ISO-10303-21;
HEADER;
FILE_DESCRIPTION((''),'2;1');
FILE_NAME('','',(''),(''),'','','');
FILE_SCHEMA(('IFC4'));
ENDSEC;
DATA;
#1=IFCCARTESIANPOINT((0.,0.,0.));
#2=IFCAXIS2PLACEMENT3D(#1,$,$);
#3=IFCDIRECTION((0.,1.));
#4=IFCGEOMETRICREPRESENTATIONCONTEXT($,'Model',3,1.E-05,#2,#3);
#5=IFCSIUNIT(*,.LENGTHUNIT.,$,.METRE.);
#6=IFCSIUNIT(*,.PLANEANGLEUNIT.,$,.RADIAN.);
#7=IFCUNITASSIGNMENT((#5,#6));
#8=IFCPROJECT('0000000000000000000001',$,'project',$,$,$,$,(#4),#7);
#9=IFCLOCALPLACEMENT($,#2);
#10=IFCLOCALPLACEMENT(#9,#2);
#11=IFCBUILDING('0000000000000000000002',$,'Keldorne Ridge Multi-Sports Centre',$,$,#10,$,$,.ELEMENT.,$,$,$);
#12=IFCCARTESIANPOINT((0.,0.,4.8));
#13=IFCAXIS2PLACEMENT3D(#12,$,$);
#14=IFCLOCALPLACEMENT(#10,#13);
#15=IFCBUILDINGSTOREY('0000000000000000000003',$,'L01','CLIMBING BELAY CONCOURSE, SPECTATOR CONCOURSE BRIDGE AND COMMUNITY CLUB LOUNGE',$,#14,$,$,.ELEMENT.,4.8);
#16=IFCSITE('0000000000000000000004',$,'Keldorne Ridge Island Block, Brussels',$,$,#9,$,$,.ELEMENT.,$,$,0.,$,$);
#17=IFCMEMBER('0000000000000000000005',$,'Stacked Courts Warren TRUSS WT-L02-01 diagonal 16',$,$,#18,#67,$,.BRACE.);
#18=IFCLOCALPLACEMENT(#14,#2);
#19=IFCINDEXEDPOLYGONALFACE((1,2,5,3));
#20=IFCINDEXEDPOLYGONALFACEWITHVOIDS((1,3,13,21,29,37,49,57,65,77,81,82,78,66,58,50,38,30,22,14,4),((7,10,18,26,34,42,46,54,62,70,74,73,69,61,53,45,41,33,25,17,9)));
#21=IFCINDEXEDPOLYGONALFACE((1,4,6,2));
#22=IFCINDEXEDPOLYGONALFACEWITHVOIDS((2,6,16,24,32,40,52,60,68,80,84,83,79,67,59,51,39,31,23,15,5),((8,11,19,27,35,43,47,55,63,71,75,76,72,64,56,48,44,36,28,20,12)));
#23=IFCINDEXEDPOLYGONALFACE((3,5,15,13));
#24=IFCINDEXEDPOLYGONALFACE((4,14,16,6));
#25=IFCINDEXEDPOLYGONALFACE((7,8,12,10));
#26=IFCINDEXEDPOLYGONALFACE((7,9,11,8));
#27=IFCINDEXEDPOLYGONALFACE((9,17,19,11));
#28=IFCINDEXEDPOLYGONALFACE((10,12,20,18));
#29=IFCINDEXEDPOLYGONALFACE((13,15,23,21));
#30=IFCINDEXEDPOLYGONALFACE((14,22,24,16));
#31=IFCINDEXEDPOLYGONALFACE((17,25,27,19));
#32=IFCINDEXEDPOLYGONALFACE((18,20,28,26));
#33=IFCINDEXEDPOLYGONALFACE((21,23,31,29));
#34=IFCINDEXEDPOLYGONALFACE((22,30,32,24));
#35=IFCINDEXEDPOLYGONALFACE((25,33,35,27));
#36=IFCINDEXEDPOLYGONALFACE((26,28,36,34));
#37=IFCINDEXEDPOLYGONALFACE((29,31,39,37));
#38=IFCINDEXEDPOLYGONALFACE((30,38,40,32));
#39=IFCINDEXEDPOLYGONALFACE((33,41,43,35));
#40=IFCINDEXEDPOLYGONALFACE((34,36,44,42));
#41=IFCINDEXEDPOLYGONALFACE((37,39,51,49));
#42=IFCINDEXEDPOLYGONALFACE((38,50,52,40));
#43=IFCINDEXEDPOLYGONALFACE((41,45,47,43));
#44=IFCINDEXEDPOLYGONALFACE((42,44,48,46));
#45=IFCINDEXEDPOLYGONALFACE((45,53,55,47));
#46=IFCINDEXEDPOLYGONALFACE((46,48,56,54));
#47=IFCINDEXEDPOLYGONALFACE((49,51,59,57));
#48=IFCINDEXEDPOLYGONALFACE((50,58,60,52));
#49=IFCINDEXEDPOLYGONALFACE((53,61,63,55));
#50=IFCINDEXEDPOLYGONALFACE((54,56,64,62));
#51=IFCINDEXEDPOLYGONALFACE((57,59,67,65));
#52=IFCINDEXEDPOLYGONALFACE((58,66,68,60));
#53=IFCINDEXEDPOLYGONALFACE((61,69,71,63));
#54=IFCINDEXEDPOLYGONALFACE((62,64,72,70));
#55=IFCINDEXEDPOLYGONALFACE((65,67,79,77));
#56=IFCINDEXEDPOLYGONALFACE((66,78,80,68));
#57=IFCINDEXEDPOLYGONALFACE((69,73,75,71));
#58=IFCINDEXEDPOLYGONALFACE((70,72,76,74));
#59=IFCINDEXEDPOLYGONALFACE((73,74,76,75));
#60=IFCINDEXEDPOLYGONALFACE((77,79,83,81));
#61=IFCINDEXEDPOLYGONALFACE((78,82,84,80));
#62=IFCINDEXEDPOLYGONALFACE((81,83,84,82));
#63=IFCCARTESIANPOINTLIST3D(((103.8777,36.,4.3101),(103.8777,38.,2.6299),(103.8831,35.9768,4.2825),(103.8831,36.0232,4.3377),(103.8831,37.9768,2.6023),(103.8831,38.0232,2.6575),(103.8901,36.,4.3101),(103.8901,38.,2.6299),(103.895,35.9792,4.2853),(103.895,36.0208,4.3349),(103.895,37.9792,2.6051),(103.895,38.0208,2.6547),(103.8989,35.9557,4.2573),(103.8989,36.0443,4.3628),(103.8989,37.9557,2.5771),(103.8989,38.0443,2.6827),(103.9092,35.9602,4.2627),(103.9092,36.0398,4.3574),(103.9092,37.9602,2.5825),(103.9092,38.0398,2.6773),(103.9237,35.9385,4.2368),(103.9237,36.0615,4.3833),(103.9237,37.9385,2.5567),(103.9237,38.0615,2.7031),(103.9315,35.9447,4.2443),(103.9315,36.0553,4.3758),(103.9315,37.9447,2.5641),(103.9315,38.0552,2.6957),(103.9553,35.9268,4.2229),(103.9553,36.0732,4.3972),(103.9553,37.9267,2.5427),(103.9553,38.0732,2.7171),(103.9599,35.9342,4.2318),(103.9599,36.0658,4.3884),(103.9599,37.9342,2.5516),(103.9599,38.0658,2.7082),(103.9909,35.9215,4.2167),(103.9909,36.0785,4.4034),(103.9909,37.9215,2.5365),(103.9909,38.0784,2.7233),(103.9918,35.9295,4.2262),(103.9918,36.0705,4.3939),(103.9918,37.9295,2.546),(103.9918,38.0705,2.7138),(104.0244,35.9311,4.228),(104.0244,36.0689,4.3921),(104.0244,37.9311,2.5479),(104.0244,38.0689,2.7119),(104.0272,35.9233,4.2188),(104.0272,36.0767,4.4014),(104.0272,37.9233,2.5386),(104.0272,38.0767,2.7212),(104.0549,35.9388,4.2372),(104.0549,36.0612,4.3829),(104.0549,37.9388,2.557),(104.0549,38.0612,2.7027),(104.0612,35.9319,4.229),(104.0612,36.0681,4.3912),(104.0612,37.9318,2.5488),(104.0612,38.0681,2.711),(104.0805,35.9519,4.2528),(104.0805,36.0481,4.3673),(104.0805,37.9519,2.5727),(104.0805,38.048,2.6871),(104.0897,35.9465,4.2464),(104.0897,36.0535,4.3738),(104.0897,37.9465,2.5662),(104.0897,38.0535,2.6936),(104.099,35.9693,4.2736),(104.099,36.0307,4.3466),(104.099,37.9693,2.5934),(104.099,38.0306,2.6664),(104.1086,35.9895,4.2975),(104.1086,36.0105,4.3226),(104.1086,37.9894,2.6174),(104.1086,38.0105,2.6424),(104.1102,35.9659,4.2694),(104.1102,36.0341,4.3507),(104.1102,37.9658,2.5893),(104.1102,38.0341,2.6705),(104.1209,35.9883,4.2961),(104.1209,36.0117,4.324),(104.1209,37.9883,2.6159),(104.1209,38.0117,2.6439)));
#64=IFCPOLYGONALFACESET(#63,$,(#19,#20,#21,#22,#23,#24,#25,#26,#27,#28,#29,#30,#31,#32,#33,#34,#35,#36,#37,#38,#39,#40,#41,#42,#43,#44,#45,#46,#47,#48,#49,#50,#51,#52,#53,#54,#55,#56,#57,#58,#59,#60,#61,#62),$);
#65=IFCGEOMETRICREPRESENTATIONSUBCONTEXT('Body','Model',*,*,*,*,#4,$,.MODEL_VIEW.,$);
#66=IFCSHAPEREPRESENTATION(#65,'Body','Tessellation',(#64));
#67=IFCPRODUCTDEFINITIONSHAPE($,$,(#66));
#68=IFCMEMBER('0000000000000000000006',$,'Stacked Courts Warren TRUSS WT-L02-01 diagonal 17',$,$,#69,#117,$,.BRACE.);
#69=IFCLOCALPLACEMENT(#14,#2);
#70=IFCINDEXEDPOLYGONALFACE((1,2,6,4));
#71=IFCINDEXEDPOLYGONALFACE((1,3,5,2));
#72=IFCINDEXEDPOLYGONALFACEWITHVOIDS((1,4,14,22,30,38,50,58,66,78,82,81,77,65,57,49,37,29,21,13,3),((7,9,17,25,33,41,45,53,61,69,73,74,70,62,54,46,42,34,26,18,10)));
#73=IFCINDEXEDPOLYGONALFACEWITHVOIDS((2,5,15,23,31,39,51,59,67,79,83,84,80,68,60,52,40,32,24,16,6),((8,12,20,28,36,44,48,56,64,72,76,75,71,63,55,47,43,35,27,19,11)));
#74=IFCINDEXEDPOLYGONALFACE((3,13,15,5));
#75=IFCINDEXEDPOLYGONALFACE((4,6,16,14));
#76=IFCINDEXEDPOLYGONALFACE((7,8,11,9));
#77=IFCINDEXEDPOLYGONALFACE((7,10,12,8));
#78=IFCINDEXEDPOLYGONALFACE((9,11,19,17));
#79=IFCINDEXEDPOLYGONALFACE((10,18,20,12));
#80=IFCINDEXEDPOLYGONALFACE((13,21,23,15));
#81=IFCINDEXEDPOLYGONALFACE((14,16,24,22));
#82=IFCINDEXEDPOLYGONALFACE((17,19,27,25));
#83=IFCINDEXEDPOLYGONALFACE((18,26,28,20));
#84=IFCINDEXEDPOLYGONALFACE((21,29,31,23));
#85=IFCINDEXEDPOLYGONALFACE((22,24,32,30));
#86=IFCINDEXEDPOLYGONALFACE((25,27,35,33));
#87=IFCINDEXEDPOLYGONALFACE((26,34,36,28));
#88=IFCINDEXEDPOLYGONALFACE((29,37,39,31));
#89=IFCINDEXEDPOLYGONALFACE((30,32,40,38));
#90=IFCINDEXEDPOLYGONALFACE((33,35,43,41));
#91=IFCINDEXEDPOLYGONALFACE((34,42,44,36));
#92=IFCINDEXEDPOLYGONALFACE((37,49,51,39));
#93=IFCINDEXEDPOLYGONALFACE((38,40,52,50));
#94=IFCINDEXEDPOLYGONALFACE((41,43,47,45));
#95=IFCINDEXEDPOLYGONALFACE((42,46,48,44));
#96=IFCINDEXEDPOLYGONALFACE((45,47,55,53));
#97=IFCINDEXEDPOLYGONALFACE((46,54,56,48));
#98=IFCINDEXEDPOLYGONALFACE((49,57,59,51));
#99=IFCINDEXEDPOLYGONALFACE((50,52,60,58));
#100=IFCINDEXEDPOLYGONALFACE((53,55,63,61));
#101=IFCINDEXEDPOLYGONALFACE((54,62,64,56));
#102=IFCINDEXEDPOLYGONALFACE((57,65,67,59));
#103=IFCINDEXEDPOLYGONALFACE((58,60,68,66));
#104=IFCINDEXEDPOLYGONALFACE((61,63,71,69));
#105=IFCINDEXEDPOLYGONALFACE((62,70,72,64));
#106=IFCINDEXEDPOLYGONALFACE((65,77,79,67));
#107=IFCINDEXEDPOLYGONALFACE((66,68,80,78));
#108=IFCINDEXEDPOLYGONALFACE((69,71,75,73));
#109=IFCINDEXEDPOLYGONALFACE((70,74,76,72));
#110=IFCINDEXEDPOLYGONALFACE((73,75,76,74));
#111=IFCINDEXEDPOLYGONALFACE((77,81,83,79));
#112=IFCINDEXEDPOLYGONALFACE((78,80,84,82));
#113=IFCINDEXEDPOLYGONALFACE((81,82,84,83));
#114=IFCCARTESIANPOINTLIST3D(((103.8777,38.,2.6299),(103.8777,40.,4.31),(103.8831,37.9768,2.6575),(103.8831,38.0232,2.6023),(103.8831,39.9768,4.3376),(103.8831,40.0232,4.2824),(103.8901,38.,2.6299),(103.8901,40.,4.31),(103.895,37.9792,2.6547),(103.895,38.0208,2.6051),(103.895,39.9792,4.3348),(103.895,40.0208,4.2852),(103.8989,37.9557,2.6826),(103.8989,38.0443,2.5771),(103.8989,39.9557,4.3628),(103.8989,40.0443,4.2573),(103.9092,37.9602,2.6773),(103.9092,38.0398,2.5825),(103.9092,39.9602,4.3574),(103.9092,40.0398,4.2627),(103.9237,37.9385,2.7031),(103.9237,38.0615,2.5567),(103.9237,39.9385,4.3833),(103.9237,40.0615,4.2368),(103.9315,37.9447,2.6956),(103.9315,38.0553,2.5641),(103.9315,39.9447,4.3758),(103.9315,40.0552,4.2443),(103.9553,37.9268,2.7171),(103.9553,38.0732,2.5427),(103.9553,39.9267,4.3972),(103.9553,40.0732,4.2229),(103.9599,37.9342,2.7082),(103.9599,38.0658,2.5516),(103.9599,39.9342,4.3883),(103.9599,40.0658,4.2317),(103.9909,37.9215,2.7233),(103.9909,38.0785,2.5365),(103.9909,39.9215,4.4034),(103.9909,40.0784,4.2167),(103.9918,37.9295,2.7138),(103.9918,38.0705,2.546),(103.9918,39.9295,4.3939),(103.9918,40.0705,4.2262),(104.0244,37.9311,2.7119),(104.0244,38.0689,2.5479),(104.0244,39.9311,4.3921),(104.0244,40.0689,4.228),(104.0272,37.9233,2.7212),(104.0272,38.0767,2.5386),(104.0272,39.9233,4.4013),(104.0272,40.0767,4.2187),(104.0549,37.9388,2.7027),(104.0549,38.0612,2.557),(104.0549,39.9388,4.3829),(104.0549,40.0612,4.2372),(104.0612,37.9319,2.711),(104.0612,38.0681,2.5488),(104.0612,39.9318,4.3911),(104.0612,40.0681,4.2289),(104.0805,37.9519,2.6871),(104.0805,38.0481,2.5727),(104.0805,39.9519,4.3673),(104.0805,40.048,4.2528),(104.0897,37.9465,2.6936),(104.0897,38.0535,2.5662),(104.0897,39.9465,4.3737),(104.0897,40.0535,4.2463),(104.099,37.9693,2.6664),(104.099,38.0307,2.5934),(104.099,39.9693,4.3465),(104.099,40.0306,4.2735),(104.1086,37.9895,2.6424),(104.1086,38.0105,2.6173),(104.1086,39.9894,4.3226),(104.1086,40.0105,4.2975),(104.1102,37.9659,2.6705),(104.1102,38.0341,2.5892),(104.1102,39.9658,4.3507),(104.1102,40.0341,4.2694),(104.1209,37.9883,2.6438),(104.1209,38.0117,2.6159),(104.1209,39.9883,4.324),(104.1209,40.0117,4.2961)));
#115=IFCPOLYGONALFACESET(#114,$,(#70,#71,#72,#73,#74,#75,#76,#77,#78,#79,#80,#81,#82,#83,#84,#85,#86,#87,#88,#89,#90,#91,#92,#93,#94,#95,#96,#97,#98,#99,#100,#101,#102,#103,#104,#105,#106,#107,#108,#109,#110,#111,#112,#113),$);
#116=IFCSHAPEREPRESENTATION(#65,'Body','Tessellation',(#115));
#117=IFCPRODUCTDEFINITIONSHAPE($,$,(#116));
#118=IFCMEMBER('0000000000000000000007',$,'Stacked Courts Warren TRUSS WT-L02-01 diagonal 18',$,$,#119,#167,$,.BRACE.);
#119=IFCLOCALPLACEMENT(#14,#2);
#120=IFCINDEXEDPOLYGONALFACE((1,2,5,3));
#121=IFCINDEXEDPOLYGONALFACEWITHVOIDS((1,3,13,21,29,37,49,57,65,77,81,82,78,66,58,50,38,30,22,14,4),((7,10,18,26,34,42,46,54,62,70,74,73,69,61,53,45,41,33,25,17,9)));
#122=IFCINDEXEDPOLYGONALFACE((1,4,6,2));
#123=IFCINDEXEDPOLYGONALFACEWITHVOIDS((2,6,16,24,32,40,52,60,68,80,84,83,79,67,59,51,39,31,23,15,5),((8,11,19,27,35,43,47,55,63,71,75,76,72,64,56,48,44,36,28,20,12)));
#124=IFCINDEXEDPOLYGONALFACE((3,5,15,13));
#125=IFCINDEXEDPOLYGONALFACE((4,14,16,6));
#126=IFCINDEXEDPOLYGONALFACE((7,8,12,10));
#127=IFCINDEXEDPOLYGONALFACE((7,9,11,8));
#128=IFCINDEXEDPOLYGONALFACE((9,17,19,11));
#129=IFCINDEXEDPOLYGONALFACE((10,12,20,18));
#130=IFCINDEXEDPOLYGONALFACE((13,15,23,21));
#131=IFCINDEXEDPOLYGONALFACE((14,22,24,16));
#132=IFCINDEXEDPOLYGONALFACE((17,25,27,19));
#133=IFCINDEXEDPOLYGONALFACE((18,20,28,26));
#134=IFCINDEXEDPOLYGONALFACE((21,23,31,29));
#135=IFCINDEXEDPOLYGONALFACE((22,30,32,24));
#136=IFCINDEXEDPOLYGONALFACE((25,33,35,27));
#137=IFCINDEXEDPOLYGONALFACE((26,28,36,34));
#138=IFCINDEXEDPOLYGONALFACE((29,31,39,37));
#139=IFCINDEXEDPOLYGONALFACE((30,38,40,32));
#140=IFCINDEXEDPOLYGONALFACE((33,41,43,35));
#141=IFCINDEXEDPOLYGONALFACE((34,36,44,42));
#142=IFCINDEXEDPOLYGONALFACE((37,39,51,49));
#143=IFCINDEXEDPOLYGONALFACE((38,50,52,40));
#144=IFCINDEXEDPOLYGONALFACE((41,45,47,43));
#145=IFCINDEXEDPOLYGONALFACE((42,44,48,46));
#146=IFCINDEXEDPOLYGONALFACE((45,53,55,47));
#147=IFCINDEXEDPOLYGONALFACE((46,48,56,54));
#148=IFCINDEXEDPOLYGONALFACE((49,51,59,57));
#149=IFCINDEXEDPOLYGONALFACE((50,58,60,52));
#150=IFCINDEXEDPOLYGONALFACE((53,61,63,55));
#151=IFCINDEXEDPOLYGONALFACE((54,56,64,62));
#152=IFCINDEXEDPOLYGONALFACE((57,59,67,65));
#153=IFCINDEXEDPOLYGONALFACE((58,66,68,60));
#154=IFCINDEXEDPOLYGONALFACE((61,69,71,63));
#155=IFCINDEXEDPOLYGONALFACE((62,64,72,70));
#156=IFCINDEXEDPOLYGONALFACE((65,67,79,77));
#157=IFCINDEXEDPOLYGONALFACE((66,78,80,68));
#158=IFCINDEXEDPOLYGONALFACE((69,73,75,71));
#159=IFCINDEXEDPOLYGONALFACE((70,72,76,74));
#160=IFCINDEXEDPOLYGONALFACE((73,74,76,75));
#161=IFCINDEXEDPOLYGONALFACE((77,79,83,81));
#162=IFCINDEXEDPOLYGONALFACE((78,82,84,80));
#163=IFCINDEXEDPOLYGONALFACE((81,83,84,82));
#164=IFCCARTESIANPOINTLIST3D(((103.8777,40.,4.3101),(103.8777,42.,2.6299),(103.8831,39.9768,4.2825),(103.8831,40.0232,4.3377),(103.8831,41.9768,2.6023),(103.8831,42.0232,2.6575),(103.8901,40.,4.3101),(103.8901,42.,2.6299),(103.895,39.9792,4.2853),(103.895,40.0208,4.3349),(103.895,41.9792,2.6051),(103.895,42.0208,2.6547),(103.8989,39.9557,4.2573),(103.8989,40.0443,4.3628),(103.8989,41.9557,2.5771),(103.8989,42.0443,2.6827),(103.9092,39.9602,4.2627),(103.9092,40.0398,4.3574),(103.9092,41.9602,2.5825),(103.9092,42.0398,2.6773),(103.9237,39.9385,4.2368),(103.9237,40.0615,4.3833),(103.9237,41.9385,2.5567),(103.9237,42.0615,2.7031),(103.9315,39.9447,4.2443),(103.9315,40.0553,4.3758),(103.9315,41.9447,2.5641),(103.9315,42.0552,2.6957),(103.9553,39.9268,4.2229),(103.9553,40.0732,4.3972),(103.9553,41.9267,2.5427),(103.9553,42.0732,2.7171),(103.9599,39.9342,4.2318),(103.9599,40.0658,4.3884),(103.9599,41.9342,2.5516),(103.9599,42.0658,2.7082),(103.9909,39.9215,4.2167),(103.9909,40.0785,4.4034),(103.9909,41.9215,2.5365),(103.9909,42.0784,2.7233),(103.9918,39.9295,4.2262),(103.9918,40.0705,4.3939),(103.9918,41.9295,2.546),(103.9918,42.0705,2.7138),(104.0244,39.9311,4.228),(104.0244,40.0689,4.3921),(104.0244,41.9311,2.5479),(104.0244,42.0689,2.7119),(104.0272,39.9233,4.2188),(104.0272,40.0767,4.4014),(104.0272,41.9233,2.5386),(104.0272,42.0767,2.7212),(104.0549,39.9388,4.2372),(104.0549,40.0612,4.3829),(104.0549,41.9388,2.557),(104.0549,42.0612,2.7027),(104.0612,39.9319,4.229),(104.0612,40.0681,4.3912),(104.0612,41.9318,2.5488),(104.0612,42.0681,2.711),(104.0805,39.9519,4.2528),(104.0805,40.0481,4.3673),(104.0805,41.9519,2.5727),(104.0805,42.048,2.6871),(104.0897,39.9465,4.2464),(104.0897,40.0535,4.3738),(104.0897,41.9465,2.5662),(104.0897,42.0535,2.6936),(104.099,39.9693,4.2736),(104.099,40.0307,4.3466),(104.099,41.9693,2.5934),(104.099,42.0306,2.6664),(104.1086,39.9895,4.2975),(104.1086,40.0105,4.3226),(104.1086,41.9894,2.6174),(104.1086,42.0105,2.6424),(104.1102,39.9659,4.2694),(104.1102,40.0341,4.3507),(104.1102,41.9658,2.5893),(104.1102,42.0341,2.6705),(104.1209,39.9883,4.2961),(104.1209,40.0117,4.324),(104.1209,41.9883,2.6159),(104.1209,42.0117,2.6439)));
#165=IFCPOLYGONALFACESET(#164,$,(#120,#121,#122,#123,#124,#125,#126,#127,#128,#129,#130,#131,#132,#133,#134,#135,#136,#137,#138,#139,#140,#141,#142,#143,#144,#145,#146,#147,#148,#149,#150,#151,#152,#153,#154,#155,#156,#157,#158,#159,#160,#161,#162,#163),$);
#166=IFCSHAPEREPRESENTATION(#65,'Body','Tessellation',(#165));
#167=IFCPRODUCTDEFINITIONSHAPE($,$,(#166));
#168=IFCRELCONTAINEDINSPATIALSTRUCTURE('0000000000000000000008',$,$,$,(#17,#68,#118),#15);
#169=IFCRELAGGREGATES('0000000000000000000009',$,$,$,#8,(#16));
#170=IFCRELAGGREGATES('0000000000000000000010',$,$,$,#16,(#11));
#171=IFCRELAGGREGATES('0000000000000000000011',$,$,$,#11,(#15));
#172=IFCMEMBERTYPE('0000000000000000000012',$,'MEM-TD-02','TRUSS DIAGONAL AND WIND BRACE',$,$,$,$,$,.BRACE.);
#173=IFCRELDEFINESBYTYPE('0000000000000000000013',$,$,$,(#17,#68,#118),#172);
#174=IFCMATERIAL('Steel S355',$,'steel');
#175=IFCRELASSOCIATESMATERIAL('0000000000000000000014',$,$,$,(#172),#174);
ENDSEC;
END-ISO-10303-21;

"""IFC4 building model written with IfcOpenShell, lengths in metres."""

from ifc_helpers import new_model, si_unit, direction, frame, origin, origin_2d, place, context, subcontext, project, spatial, hollow_circle, extrude, material, material_profile, profile_set, type_object, element, save


model = new_model("IFC4")

# Units and contexts
model_context = context("Model", 3, precision=1e-05, world=origin(), true_north=direction((0.0, 1.0)))
body_context = subcontext(model_context, "Body", "Model", "MODEL_VIEW")
ifc_project = project(units=[si_unit("LENGTHUNIT", "METRE"), si_unit("PLANEANGLEUNIT", "RADIAN")], contexts=[model_context])

# Site, building, storey
site_placement = place(None, origin())
site = spatial("IfcSite", under=ifc_project, at=site_placement, Name="Keldorne Ridge Island Block, Brussels", CompositionType="ELEMENT", RefElevation=0.0)
building_placement = place(site_placement, origin())
building = spatial("IfcBuilding", under=site, at=building_placement, Name="Keldorne Ridge Multi-Sports Centre", CompositionType="ELEMENT")
storey_placement = place(building_placement, frame((0.0, 0.0, 4.8)))
storey = spatial("IfcBuildingStorey", under=building, at=storey_placement, Name="L01", Description="CLIMBING BELAY CONCOURSE, SPECTATOR CONCOURSE BRIDGE AND COMMUNITY CLUB LOUNGE", CompositionType="ELEMENT", Elevation=4.8)

# Shared definitions
ifc_material = material(Name="Steel S355", Category="steel")

# Members
ifc_material_profile_1 = material_profile(ifc_material, hollow_circle(Radius=0.1223, WallThickness=0.0125, at=origin_2d()), Name="CHS 244.5x12.5")
ifc_profile_set_1 = profile_set([ifc_material_profile_1], Name="Steel S355")
member_type_1 = type_object("IfcMemberType", Name="MEM-TD-02", Description="TRUSS DIAGONAL AND WIND BRACE", PredefinedType="BRACE", material=ifc_profile_set_1)
for number, where, z_axis, x_axis, name in (
    (1, (104.0, 36.0, 4.3101), (0.0, 0.765672, -0.643232), (-1.0, 0.0, 0.0), "Stacked Courts Warren TRUSS WT-L02-01 diagonal 16"),
    (2, (104.0, 38.0, 2.6299), (0.0, 0.765672, 0.643232), (-1.0, 0.0, 0.0), "Stacked Courts Warren TRUSS WT-L02-01 diagonal 17"),
    (3, (104.0, 40.0, 4.3101), (0.0, 0.765672, -0.643232), (-1.0, 0.0, 0.0), "Stacked Courts Warren TRUSS WT-L02-01 diagonal 18"),
):
    element("IfcMember", number, at=place(storey_placement, frame(where, z_axis=z_axis, x_axis=x_axis)), inside=storey, type_object=member_type_1, Name=name, PredefinedType="BRACE", context=body_context, shape_type="SweptSolid", body=[
        extrude(hollow_circle(Radius=0.1223, WallThickness=0.0125, at=origin_2d()), origin(), (0.0, 0.0, 1.0), 2.6121),
    ])

save(model, "model.ifc")
